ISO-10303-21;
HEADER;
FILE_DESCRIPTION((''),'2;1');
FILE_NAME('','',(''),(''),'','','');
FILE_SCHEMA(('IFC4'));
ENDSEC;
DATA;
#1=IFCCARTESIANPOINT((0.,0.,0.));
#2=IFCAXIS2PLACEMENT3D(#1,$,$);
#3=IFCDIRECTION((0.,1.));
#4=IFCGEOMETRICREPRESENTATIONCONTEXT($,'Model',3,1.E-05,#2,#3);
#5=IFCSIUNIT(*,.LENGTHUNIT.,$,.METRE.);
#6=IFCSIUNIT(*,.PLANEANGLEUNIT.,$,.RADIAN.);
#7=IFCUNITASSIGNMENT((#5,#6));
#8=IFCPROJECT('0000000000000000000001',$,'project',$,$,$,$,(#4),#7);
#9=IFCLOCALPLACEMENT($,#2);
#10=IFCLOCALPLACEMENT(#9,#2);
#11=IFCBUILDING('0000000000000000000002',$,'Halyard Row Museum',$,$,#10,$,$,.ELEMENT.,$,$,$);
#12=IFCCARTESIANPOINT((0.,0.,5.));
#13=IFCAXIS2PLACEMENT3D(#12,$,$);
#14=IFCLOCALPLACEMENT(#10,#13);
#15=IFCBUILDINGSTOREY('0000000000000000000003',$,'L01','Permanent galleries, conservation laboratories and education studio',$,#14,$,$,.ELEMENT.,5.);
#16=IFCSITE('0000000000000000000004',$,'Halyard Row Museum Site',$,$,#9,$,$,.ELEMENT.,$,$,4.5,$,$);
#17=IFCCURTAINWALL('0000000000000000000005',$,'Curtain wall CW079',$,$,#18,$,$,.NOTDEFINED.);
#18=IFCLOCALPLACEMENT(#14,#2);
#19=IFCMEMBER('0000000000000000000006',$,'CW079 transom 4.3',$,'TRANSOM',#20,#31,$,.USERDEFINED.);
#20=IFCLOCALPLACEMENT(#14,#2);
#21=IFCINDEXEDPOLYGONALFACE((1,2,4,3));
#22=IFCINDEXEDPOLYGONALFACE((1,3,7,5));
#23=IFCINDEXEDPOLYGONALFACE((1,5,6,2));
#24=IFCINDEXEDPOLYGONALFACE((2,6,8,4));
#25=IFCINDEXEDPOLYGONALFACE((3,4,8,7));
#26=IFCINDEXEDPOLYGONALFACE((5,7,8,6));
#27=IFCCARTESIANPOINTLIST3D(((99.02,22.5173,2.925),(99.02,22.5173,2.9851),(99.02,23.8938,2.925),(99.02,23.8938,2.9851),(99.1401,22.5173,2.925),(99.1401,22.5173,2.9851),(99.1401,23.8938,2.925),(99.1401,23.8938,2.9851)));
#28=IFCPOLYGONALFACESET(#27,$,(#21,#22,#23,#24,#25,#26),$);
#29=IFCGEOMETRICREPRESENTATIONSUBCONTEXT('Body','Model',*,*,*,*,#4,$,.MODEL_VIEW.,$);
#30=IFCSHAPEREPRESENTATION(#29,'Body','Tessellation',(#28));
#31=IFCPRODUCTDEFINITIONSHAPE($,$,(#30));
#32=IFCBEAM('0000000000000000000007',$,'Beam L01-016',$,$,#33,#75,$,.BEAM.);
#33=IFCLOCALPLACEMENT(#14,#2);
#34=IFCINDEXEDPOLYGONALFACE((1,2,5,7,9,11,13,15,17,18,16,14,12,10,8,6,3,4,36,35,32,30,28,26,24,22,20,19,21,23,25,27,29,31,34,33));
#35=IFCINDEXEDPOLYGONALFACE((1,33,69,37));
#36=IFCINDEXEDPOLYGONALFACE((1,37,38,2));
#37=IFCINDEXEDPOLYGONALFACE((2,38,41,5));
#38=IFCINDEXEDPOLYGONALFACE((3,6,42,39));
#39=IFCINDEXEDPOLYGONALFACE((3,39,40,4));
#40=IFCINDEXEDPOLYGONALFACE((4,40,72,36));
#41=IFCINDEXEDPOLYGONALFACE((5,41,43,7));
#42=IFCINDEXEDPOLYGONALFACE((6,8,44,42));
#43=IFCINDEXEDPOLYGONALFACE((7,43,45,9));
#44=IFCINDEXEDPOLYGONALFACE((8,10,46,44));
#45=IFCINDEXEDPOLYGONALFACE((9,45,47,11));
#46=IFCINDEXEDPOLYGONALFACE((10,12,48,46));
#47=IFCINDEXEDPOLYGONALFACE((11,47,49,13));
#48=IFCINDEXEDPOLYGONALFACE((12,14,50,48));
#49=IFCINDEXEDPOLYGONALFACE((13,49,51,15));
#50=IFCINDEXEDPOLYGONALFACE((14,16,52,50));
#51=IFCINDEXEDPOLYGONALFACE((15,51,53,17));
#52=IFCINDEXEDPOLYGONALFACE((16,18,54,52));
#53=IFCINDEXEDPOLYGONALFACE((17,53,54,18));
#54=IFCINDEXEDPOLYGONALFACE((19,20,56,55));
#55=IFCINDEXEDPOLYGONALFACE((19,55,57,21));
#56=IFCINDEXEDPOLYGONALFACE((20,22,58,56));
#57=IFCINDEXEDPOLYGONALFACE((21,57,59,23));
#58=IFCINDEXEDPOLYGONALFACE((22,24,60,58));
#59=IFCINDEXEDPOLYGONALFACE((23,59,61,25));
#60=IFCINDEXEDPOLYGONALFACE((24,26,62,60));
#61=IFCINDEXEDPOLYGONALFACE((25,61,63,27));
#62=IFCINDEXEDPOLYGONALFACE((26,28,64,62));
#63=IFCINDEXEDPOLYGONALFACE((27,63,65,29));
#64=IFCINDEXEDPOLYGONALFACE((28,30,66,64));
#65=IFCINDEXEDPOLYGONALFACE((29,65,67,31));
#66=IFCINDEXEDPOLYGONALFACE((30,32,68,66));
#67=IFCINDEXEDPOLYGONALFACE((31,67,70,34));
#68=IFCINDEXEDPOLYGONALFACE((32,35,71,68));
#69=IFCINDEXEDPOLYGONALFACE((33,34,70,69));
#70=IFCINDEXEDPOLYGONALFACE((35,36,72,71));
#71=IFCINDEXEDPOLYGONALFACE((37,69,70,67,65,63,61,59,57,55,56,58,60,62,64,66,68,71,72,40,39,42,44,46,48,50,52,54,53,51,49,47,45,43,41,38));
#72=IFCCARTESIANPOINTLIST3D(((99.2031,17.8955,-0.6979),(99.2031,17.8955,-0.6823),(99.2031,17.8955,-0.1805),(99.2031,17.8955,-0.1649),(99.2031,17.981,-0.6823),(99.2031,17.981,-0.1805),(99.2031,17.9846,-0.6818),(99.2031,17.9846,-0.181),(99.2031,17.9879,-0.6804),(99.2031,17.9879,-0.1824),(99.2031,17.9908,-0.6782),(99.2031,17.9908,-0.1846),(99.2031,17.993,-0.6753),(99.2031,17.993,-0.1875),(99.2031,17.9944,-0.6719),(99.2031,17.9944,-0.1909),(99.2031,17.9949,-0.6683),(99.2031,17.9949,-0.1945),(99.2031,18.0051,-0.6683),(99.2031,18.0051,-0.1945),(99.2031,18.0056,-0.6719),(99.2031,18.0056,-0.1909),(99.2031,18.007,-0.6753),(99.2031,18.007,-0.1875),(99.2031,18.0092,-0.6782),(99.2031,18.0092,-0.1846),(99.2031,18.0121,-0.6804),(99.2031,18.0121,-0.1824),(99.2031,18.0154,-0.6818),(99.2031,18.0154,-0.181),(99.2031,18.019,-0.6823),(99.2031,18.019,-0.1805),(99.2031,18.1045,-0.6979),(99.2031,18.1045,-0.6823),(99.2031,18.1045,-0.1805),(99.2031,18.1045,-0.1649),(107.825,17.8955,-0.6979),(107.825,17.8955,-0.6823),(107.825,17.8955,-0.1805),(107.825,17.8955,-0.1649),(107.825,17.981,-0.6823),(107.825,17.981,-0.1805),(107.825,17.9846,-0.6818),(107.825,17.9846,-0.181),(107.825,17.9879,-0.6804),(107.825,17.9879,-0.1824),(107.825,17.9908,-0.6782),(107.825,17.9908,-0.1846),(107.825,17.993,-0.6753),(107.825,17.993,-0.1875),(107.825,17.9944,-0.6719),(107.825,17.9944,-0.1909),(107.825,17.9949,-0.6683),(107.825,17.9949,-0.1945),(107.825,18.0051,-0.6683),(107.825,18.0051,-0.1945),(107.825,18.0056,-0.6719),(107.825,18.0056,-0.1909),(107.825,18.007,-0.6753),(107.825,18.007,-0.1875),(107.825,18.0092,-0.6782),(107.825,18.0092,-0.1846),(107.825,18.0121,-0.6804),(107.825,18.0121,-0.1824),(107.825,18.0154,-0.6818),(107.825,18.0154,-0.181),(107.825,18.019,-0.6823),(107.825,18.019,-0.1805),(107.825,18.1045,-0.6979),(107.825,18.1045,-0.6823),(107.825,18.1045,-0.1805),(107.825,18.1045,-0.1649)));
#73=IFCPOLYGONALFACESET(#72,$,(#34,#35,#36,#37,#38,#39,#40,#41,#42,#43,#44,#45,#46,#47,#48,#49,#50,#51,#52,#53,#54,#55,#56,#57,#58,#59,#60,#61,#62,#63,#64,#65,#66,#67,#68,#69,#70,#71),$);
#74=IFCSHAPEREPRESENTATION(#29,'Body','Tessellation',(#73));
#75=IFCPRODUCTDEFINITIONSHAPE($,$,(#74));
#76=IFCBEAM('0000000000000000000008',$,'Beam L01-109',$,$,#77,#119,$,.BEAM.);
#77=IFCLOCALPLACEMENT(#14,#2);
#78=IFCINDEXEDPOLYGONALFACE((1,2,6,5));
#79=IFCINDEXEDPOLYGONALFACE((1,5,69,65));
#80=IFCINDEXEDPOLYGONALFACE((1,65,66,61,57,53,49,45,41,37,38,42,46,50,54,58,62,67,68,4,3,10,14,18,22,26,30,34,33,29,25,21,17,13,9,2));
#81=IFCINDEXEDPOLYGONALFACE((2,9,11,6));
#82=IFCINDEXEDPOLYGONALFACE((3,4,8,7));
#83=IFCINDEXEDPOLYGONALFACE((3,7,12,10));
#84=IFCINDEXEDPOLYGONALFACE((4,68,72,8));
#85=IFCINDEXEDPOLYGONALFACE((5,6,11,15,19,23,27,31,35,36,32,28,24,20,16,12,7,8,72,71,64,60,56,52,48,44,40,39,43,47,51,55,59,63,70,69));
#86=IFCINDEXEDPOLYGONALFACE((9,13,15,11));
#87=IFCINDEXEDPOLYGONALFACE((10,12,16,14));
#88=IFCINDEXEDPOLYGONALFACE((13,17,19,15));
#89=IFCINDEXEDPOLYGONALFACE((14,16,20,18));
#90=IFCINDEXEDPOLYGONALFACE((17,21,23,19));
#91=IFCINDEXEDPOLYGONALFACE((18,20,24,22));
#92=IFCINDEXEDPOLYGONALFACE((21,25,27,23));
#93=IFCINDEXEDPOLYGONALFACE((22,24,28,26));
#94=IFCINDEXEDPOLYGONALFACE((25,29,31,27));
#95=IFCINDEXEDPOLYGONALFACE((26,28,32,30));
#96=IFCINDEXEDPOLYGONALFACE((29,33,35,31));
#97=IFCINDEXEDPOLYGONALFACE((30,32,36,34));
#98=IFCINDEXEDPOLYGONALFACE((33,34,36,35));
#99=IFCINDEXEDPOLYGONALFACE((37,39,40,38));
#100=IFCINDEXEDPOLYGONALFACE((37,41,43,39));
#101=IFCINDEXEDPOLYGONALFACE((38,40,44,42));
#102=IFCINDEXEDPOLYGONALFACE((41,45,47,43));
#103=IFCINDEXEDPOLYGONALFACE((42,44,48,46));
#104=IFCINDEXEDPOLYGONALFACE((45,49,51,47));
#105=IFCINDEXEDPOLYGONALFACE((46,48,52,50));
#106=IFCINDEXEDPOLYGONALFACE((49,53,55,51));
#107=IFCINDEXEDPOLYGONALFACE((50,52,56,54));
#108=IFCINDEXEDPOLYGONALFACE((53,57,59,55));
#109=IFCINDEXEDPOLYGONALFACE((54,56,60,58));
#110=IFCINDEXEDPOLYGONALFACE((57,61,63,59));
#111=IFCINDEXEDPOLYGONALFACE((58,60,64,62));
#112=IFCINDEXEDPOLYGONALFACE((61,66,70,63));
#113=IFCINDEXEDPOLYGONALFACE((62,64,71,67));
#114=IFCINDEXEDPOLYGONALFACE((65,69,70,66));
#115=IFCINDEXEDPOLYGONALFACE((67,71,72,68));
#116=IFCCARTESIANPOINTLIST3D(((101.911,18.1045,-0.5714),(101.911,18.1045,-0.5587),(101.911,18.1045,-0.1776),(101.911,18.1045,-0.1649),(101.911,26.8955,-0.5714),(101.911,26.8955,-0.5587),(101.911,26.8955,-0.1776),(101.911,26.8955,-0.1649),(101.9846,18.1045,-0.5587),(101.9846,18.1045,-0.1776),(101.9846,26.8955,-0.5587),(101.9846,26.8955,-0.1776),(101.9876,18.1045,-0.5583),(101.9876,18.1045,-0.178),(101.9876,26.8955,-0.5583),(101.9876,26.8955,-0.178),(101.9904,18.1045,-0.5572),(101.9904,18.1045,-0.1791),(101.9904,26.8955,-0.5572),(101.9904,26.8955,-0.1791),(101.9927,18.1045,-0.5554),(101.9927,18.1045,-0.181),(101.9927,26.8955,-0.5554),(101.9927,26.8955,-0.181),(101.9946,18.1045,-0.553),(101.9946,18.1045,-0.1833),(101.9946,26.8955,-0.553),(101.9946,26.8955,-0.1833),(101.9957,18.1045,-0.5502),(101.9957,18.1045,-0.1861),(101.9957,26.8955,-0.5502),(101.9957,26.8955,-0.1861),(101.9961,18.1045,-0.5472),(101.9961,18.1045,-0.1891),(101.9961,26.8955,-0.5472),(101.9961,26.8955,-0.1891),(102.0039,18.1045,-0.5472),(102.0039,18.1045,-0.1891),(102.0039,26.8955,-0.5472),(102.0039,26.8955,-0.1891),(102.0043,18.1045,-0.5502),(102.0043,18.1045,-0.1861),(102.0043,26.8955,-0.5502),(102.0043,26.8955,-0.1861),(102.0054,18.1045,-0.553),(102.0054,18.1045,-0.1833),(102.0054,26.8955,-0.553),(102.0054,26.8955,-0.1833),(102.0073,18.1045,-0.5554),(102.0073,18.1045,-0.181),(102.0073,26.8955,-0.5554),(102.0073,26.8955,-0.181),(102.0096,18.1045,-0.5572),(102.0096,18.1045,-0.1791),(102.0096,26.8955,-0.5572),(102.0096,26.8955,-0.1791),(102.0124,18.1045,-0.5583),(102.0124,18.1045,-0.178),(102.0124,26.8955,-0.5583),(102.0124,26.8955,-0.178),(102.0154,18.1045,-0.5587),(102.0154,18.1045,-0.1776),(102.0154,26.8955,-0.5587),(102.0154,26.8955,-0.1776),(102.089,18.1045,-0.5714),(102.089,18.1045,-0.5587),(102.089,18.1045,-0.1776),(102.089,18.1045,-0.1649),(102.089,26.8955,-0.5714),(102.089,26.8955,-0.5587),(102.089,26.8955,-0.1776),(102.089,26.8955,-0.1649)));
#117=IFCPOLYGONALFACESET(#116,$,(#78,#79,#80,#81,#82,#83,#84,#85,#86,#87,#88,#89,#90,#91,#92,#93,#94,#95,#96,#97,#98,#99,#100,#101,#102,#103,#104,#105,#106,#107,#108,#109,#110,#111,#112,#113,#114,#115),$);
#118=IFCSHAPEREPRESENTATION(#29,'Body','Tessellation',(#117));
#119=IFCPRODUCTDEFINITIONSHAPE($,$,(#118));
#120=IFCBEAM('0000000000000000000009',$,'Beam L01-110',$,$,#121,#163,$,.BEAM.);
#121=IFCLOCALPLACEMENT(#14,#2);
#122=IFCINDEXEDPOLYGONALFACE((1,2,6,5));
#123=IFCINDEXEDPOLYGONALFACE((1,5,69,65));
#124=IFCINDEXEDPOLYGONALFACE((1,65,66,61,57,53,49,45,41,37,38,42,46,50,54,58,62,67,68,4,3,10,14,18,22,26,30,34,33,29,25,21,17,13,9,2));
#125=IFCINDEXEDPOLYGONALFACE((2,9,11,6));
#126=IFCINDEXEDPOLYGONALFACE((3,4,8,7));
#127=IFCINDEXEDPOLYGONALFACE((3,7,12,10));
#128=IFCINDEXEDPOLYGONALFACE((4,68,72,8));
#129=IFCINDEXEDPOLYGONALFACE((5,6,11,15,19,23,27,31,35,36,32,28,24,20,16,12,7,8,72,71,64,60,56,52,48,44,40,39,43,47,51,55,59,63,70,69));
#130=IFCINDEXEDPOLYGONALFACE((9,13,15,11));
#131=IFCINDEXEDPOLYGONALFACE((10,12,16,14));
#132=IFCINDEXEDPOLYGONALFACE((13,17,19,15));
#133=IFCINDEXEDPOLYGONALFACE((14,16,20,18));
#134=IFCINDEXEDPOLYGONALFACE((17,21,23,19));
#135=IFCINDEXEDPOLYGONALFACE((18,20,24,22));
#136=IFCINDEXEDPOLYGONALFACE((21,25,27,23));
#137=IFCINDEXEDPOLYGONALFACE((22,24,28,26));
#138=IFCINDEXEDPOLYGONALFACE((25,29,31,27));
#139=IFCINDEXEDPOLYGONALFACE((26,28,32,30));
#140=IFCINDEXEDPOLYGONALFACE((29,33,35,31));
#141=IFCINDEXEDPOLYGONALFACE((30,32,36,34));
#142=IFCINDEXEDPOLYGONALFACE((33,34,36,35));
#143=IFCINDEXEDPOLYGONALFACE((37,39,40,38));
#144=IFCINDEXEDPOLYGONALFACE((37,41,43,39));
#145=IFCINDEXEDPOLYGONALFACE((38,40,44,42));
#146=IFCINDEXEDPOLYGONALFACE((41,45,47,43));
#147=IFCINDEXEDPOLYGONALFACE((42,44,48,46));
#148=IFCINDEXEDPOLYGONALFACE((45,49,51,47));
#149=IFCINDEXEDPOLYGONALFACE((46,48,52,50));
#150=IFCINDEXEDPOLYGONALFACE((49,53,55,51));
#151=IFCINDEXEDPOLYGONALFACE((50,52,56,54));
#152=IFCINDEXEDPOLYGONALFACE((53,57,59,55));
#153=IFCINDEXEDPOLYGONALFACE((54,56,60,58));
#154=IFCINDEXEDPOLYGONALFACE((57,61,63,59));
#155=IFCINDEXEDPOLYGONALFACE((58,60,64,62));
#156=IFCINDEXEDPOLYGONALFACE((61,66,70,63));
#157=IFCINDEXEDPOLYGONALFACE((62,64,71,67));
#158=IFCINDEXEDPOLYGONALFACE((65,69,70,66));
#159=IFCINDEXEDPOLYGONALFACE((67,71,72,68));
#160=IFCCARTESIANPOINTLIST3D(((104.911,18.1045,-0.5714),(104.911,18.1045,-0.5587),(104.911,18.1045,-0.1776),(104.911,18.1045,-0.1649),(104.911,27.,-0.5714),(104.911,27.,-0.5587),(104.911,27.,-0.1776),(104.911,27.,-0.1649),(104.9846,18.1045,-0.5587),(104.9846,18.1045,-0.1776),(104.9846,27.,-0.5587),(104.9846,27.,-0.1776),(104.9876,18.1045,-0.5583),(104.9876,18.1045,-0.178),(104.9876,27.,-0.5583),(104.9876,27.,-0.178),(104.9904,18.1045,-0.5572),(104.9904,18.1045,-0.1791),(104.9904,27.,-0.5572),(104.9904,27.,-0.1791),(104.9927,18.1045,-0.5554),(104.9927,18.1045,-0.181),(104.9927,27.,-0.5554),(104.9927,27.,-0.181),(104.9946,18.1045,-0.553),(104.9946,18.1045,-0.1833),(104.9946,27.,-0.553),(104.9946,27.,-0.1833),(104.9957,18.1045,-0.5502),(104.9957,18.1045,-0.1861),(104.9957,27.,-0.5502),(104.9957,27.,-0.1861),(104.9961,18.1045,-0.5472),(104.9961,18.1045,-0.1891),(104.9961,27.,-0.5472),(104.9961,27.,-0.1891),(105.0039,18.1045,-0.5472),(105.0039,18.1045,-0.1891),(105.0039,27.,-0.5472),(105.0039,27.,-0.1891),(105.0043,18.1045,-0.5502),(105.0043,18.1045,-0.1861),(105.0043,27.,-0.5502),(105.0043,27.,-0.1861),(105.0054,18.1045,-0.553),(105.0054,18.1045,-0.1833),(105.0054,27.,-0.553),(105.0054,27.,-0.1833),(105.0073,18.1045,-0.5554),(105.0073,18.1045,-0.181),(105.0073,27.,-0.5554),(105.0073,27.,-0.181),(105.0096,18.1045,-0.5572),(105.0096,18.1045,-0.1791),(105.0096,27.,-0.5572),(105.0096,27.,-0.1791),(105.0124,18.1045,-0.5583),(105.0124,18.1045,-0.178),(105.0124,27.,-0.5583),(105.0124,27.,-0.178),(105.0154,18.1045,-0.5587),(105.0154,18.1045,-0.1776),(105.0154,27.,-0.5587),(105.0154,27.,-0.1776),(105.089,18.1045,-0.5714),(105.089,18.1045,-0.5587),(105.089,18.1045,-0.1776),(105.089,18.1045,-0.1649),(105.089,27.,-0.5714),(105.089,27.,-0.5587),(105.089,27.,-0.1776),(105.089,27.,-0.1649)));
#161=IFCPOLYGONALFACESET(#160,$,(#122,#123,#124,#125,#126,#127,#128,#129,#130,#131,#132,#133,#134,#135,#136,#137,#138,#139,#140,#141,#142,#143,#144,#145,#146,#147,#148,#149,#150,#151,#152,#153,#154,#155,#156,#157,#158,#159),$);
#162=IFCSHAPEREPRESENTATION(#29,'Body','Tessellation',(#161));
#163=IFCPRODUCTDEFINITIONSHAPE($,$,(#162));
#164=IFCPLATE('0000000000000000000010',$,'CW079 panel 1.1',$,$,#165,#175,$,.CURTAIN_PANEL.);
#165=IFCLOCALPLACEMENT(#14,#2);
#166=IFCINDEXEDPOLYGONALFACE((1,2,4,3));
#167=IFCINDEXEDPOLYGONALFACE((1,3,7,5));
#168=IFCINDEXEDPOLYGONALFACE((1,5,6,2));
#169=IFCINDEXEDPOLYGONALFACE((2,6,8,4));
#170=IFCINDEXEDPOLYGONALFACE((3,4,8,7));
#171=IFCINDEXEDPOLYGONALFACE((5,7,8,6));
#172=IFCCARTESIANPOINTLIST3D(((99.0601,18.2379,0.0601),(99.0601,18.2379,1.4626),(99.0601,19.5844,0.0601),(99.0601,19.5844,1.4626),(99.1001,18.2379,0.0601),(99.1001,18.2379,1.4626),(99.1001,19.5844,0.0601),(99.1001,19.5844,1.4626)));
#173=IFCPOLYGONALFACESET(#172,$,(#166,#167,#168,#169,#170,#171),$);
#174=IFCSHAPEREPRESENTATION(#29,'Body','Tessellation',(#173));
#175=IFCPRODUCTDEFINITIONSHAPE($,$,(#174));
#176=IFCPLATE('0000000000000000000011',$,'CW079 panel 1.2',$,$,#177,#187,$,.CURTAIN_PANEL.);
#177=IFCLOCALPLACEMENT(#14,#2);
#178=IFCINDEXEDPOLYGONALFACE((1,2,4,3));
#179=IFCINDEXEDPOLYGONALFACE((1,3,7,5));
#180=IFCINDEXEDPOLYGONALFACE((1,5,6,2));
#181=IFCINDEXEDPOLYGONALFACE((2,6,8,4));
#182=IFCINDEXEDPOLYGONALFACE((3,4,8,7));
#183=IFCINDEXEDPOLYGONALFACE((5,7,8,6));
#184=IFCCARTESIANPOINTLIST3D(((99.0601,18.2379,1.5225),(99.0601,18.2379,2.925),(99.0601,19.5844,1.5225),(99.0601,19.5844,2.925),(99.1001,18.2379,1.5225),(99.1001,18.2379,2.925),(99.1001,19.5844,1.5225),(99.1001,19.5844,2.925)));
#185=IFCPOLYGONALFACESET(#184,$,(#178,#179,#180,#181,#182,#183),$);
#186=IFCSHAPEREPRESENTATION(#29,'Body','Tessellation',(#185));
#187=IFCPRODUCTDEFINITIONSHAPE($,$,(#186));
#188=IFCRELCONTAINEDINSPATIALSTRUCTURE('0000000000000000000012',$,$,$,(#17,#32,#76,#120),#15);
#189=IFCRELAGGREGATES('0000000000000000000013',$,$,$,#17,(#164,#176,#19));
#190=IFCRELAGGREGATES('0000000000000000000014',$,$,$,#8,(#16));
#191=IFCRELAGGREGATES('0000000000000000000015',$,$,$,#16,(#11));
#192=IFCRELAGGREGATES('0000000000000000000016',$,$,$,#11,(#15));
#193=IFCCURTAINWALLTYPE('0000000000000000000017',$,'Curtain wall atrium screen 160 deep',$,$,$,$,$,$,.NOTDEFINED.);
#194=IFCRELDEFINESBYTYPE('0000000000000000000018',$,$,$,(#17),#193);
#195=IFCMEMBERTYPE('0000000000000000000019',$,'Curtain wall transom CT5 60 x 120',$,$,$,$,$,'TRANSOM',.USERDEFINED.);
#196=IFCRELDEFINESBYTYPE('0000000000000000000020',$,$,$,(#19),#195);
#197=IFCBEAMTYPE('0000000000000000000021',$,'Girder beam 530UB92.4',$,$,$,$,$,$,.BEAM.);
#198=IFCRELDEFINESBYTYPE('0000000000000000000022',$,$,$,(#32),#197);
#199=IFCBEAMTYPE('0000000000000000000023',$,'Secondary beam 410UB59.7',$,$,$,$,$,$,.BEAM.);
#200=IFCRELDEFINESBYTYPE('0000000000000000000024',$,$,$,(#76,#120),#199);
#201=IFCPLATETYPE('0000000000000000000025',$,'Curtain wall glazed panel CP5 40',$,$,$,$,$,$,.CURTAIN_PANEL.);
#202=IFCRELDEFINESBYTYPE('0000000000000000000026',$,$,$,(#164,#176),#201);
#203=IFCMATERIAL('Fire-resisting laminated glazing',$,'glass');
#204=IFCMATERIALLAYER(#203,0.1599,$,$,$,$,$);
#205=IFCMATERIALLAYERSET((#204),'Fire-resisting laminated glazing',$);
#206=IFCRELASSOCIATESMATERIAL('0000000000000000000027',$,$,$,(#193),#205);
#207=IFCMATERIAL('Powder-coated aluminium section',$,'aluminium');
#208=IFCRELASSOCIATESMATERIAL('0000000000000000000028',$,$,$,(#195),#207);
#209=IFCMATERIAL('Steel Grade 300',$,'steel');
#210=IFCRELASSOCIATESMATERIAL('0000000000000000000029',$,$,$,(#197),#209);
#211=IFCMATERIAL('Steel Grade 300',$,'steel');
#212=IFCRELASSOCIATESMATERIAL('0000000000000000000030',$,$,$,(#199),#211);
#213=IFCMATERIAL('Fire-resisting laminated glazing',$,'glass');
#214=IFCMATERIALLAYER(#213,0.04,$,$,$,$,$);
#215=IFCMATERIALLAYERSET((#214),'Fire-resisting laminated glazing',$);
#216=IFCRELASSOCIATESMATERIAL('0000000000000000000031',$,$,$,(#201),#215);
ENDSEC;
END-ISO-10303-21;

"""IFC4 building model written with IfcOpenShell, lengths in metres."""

from ifc_helpers import new_model, si_unit, direction, frame, origin, origin_2d, place, context, subcontext, project, spatial, rectangle, i_section, extrude, material, layer, layer_set, material_profile, profile_set, type_object, element, aggregate, save


model = new_model("IFC4")

# Units and contexts
model_context = context("Model", 3, precision=1e-05, world=origin(), true_north=direction((0.0, 1.0)))
body_context = subcontext(model_context, "Body", "Model", "MODEL_VIEW")
ifc_project = project(units=[si_unit("LENGTHUNIT", "METRE"), si_unit("PLANEANGLEUNIT", "RADIAN")], contexts=[model_context])

# Site, building, storey
site_placement = place(None, origin())
site = spatial("IfcSite", under=ifc_project, at=site_placement, Name="Halyard Row Museum Site", CompositionType="ELEMENT", RefElevation=4.5)
building_placement = place(site_placement, origin())
building = spatial("IfcBuilding", under=site, at=building_placement, Name="Halyard Row Museum", CompositionType="ELEMENT")
storey_placement = place(building_placement, frame((0.0, 0.0, 5.0)))
storey = spatial("IfcBuildingStorey", under=building, at=storey_placement, Name="L01", Description="Permanent galleries, conservation laboratories and education studio", CompositionType="ELEMENT", Elevation=5.0)

# Curtain wall, member
ifc_material_1 = material(Name="Fire-resisting laminated glazing", Category="glass")
ifc_layer_1 = layer(ifc_material_1, 0.1599)
ifc_layer_set_1 = layer_set([ifc_layer_1], Name="Fire-resisting laminated glazing")
curtain_wall_type = type_object("IfcCurtainWallType", Name="Curtain wall atrium screen 160 deep", PredefinedType="NOTDEFINED", material=ifc_layer_set_1)
curtain_wall_placement = place(storey_placement, origin())
curtain_wall = element("IfcCurtainWall", 1, at=curtain_wall_placement, inside=storey, type_object=curtain_wall_type, Name="Curtain wall CW079", PredefinedType="NOTDEFINED")
ifc_material_2 = material(Name="Powder-coated aluminium section", Category="aluminium")
ifc_material_profile_1 = material_profile(ifc_material_2, rectangle(XDim=0.1201, YDim=0.0601, at=origin_2d()), Name="120x60 transom")
ifc_profile_set_1 = profile_set([ifc_material_profile_1], Name="Powder-coated aluminium section")
member_type_1 = type_object("IfcMemberType", Name="Curtain wall transom CT5 60 x 120", ElementType="TRANSOM", PredefinedType="USERDEFINED", material=ifc_profile_set_1)
member_1_placement = place(storey_placement, frame((99.0801, 22.5173, 2.9551), z_axis=(0.0, 1.0, 0.0), x_axis=(-1.0, 0.0, 0.0)))
member_1 = element("IfcMember", 2, at=member_1_placement, type_object=member_type_1, Name="CW079 transom 4.3", ObjectType="TRANSOM", PredefinedType="USERDEFINED", context=body_context, shape_type="SweptSolid", body=[
    extrude(rectangle(XDim=0.1201, YDim=0.0601, at=origin_2d()), origin(), (0.0, 0.0, 1.0), 1.3765),
])

# Beams
ifc_material_3 = material(Name="Steel Grade 300", Category="steel")
ifc_material_profile_2 = material_profile(ifc_material_3, i_section(OverallWidth=0.209, OverallDepth=0.533, WebThickness=0.0103, FlangeThickness=0.0156, FilletRadius=0.0139, at=origin_2d()), Name="530UB92.4")
ifc_profile_set_2 = profile_set([ifc_material_profile_2], Name="Steel Grade 300")
beam_type_1 = type_object("IfcBeamType", Name="Girder beam 530UB92.4", PredefinedType="BEAM", material=ifc_profile_set_2)
beam_1_placement = place(storey_placement, frame((99.2031, 18.0, -0.4314), z_axis=(1.0, 0.0, 0.0), x_axis=(0.0, 1.0, 0.0)))
element("IfcBeam", 3, at=beam_1_placement, inside=storey, type_object=beam_type_1, Name="Beam L01-016", PredefinedType="BEAM", context=body_context, shape_type="SweptSolid", body=[
    extrude(i_section(OverallWidth=0.209, OverallDepth=0.533, WebThickness=0.0103, FlangeThickness=0.0156, FilletRadius=0.0139, at=origin_2d()), origin(), (0.0, 0.0, 1.0), 8.6218),
])
ifc_material_4 = material(Name="Steel Grade 300", Category="steel")
ifc_material_profile_3 = material_profile(ifc_material_4, i_section(OverallWidth=0.178, OverallDepth=0.4065, WebThickness=0.0078, FlangeThickness=0.0127, FilletRadius=0.0115, at=origin_2d()), Name="410UB59.7")
ifc_profile_set_3 = profile_set([ifc_material_profile_3], Name="Steel Grade 300")
beam_type_2 = type_object("IfcBeamType", Name="Secondary beam 410UB59.7", PredefinedType="BEAM", material=ifc_profile_set_3)
beam_2_placement = place(storey_placement, frame((102.0, 18.1045, -0.3682), z_axis=(0.0, 1.0, 0.0), x_axis=(-1.0, 0.0, 0.0)))
element("IfcBeam", 4, at=beam_2_placement, inside=storey, type_object=beam_type_2, Name="Beam L01-109", PredefinedType="BEAM", context=body_context, shape_type="SweptSolid", body=[
    extrude(i_section(OverallWidth=0.178, OverallDepth=0.4065, WebThickness=0.0078, FlangeThickness=0.0127, FilletRadius=0.0115, at=origin_2d()), origin(), (0.0, 0.0, 1.0), 8.791),
])
beam_3_placement = place(storey_placement, frame((105.0, 18.1045, -0.3682), z_axis=(0.0, 1.0, 0.0), x_axis=(-1.0, 0.0, 0.0)))
element("IfcBeam", 5, at=beam_3_placement, inside=storey, type_object=beam_type_2, Name="Beam L01-110", PredefinedType="BEAM", context=body_context, shape_type="SweptSolid", body=[
    extrude(i_section(OverallWidth=0.178, OverallDepth=0.4065, WebThickness=0.0078, FlangeThickness=0.0127, FilletRadius=0.0115, at=origin_2d()), origin(), (0.0, 0.0, 1.0), 8.8955),
])

# Plates
ifc_material_5 = material(Name="Fire-resisting laminated glazing", Category="glass")
ifc_layer_2 = layer(ifc_material_5, 0.04)
ifc_layer_set_2 = layer_set([ifc_layer_2], Name="Fire-resisting laminated glazing")
plate_type = type_object("IfcPlateType", Name="Curtain wall glazed panel CP5 40", PredefinedType="CURTAIN_PANEL", material=ifc_layer_set_2)
plate_1_placement = place(storey_placement, frame((99.0801, 18.9111, 0.0601), z_axis=(0.0, 0.0, 1.0), x_axis=(0.0, 1.0, 0.0)))
plate_1 = element("IfcPlate", 6, at=plate_1_placement, type_object=plate_type, Name="CW079 panel 1.1", PredefinedType="CURTAIN_PANEL", context=body_context, shape_type="SweptSolid", body=[
    extrude(rectangle(XDim=1.3464, YDim=0.04, at=origin_2d()), origin(), (0.0, 0.0, 1.0), 1.4026),
])
plate_2_placement = place(storey_placement, frame((99.0801, 18.9111, 1.5225), z_axis=(0.0, 0.0, 1.0), x_axis=(0.0, 1.0, 0.0)))
plate_2 = element("IfcPlate", 7, at=plate_2_placement, type_object=plate_type, Name="CW079 panel 1.2", PredefinedType="CURTAIN_PANEL", context=body_context, shape_type="SweptSolid", body=[
    extrude(rectangle(XDim=1.3464, YDim=0.04, at=origin_2d()), origin(), (0.0, 0.0, 1.0), 1.4026),
])
aggregate(curtain_wall, [plate_1, plate_2, member_1])

save(model, "model.ifc")
